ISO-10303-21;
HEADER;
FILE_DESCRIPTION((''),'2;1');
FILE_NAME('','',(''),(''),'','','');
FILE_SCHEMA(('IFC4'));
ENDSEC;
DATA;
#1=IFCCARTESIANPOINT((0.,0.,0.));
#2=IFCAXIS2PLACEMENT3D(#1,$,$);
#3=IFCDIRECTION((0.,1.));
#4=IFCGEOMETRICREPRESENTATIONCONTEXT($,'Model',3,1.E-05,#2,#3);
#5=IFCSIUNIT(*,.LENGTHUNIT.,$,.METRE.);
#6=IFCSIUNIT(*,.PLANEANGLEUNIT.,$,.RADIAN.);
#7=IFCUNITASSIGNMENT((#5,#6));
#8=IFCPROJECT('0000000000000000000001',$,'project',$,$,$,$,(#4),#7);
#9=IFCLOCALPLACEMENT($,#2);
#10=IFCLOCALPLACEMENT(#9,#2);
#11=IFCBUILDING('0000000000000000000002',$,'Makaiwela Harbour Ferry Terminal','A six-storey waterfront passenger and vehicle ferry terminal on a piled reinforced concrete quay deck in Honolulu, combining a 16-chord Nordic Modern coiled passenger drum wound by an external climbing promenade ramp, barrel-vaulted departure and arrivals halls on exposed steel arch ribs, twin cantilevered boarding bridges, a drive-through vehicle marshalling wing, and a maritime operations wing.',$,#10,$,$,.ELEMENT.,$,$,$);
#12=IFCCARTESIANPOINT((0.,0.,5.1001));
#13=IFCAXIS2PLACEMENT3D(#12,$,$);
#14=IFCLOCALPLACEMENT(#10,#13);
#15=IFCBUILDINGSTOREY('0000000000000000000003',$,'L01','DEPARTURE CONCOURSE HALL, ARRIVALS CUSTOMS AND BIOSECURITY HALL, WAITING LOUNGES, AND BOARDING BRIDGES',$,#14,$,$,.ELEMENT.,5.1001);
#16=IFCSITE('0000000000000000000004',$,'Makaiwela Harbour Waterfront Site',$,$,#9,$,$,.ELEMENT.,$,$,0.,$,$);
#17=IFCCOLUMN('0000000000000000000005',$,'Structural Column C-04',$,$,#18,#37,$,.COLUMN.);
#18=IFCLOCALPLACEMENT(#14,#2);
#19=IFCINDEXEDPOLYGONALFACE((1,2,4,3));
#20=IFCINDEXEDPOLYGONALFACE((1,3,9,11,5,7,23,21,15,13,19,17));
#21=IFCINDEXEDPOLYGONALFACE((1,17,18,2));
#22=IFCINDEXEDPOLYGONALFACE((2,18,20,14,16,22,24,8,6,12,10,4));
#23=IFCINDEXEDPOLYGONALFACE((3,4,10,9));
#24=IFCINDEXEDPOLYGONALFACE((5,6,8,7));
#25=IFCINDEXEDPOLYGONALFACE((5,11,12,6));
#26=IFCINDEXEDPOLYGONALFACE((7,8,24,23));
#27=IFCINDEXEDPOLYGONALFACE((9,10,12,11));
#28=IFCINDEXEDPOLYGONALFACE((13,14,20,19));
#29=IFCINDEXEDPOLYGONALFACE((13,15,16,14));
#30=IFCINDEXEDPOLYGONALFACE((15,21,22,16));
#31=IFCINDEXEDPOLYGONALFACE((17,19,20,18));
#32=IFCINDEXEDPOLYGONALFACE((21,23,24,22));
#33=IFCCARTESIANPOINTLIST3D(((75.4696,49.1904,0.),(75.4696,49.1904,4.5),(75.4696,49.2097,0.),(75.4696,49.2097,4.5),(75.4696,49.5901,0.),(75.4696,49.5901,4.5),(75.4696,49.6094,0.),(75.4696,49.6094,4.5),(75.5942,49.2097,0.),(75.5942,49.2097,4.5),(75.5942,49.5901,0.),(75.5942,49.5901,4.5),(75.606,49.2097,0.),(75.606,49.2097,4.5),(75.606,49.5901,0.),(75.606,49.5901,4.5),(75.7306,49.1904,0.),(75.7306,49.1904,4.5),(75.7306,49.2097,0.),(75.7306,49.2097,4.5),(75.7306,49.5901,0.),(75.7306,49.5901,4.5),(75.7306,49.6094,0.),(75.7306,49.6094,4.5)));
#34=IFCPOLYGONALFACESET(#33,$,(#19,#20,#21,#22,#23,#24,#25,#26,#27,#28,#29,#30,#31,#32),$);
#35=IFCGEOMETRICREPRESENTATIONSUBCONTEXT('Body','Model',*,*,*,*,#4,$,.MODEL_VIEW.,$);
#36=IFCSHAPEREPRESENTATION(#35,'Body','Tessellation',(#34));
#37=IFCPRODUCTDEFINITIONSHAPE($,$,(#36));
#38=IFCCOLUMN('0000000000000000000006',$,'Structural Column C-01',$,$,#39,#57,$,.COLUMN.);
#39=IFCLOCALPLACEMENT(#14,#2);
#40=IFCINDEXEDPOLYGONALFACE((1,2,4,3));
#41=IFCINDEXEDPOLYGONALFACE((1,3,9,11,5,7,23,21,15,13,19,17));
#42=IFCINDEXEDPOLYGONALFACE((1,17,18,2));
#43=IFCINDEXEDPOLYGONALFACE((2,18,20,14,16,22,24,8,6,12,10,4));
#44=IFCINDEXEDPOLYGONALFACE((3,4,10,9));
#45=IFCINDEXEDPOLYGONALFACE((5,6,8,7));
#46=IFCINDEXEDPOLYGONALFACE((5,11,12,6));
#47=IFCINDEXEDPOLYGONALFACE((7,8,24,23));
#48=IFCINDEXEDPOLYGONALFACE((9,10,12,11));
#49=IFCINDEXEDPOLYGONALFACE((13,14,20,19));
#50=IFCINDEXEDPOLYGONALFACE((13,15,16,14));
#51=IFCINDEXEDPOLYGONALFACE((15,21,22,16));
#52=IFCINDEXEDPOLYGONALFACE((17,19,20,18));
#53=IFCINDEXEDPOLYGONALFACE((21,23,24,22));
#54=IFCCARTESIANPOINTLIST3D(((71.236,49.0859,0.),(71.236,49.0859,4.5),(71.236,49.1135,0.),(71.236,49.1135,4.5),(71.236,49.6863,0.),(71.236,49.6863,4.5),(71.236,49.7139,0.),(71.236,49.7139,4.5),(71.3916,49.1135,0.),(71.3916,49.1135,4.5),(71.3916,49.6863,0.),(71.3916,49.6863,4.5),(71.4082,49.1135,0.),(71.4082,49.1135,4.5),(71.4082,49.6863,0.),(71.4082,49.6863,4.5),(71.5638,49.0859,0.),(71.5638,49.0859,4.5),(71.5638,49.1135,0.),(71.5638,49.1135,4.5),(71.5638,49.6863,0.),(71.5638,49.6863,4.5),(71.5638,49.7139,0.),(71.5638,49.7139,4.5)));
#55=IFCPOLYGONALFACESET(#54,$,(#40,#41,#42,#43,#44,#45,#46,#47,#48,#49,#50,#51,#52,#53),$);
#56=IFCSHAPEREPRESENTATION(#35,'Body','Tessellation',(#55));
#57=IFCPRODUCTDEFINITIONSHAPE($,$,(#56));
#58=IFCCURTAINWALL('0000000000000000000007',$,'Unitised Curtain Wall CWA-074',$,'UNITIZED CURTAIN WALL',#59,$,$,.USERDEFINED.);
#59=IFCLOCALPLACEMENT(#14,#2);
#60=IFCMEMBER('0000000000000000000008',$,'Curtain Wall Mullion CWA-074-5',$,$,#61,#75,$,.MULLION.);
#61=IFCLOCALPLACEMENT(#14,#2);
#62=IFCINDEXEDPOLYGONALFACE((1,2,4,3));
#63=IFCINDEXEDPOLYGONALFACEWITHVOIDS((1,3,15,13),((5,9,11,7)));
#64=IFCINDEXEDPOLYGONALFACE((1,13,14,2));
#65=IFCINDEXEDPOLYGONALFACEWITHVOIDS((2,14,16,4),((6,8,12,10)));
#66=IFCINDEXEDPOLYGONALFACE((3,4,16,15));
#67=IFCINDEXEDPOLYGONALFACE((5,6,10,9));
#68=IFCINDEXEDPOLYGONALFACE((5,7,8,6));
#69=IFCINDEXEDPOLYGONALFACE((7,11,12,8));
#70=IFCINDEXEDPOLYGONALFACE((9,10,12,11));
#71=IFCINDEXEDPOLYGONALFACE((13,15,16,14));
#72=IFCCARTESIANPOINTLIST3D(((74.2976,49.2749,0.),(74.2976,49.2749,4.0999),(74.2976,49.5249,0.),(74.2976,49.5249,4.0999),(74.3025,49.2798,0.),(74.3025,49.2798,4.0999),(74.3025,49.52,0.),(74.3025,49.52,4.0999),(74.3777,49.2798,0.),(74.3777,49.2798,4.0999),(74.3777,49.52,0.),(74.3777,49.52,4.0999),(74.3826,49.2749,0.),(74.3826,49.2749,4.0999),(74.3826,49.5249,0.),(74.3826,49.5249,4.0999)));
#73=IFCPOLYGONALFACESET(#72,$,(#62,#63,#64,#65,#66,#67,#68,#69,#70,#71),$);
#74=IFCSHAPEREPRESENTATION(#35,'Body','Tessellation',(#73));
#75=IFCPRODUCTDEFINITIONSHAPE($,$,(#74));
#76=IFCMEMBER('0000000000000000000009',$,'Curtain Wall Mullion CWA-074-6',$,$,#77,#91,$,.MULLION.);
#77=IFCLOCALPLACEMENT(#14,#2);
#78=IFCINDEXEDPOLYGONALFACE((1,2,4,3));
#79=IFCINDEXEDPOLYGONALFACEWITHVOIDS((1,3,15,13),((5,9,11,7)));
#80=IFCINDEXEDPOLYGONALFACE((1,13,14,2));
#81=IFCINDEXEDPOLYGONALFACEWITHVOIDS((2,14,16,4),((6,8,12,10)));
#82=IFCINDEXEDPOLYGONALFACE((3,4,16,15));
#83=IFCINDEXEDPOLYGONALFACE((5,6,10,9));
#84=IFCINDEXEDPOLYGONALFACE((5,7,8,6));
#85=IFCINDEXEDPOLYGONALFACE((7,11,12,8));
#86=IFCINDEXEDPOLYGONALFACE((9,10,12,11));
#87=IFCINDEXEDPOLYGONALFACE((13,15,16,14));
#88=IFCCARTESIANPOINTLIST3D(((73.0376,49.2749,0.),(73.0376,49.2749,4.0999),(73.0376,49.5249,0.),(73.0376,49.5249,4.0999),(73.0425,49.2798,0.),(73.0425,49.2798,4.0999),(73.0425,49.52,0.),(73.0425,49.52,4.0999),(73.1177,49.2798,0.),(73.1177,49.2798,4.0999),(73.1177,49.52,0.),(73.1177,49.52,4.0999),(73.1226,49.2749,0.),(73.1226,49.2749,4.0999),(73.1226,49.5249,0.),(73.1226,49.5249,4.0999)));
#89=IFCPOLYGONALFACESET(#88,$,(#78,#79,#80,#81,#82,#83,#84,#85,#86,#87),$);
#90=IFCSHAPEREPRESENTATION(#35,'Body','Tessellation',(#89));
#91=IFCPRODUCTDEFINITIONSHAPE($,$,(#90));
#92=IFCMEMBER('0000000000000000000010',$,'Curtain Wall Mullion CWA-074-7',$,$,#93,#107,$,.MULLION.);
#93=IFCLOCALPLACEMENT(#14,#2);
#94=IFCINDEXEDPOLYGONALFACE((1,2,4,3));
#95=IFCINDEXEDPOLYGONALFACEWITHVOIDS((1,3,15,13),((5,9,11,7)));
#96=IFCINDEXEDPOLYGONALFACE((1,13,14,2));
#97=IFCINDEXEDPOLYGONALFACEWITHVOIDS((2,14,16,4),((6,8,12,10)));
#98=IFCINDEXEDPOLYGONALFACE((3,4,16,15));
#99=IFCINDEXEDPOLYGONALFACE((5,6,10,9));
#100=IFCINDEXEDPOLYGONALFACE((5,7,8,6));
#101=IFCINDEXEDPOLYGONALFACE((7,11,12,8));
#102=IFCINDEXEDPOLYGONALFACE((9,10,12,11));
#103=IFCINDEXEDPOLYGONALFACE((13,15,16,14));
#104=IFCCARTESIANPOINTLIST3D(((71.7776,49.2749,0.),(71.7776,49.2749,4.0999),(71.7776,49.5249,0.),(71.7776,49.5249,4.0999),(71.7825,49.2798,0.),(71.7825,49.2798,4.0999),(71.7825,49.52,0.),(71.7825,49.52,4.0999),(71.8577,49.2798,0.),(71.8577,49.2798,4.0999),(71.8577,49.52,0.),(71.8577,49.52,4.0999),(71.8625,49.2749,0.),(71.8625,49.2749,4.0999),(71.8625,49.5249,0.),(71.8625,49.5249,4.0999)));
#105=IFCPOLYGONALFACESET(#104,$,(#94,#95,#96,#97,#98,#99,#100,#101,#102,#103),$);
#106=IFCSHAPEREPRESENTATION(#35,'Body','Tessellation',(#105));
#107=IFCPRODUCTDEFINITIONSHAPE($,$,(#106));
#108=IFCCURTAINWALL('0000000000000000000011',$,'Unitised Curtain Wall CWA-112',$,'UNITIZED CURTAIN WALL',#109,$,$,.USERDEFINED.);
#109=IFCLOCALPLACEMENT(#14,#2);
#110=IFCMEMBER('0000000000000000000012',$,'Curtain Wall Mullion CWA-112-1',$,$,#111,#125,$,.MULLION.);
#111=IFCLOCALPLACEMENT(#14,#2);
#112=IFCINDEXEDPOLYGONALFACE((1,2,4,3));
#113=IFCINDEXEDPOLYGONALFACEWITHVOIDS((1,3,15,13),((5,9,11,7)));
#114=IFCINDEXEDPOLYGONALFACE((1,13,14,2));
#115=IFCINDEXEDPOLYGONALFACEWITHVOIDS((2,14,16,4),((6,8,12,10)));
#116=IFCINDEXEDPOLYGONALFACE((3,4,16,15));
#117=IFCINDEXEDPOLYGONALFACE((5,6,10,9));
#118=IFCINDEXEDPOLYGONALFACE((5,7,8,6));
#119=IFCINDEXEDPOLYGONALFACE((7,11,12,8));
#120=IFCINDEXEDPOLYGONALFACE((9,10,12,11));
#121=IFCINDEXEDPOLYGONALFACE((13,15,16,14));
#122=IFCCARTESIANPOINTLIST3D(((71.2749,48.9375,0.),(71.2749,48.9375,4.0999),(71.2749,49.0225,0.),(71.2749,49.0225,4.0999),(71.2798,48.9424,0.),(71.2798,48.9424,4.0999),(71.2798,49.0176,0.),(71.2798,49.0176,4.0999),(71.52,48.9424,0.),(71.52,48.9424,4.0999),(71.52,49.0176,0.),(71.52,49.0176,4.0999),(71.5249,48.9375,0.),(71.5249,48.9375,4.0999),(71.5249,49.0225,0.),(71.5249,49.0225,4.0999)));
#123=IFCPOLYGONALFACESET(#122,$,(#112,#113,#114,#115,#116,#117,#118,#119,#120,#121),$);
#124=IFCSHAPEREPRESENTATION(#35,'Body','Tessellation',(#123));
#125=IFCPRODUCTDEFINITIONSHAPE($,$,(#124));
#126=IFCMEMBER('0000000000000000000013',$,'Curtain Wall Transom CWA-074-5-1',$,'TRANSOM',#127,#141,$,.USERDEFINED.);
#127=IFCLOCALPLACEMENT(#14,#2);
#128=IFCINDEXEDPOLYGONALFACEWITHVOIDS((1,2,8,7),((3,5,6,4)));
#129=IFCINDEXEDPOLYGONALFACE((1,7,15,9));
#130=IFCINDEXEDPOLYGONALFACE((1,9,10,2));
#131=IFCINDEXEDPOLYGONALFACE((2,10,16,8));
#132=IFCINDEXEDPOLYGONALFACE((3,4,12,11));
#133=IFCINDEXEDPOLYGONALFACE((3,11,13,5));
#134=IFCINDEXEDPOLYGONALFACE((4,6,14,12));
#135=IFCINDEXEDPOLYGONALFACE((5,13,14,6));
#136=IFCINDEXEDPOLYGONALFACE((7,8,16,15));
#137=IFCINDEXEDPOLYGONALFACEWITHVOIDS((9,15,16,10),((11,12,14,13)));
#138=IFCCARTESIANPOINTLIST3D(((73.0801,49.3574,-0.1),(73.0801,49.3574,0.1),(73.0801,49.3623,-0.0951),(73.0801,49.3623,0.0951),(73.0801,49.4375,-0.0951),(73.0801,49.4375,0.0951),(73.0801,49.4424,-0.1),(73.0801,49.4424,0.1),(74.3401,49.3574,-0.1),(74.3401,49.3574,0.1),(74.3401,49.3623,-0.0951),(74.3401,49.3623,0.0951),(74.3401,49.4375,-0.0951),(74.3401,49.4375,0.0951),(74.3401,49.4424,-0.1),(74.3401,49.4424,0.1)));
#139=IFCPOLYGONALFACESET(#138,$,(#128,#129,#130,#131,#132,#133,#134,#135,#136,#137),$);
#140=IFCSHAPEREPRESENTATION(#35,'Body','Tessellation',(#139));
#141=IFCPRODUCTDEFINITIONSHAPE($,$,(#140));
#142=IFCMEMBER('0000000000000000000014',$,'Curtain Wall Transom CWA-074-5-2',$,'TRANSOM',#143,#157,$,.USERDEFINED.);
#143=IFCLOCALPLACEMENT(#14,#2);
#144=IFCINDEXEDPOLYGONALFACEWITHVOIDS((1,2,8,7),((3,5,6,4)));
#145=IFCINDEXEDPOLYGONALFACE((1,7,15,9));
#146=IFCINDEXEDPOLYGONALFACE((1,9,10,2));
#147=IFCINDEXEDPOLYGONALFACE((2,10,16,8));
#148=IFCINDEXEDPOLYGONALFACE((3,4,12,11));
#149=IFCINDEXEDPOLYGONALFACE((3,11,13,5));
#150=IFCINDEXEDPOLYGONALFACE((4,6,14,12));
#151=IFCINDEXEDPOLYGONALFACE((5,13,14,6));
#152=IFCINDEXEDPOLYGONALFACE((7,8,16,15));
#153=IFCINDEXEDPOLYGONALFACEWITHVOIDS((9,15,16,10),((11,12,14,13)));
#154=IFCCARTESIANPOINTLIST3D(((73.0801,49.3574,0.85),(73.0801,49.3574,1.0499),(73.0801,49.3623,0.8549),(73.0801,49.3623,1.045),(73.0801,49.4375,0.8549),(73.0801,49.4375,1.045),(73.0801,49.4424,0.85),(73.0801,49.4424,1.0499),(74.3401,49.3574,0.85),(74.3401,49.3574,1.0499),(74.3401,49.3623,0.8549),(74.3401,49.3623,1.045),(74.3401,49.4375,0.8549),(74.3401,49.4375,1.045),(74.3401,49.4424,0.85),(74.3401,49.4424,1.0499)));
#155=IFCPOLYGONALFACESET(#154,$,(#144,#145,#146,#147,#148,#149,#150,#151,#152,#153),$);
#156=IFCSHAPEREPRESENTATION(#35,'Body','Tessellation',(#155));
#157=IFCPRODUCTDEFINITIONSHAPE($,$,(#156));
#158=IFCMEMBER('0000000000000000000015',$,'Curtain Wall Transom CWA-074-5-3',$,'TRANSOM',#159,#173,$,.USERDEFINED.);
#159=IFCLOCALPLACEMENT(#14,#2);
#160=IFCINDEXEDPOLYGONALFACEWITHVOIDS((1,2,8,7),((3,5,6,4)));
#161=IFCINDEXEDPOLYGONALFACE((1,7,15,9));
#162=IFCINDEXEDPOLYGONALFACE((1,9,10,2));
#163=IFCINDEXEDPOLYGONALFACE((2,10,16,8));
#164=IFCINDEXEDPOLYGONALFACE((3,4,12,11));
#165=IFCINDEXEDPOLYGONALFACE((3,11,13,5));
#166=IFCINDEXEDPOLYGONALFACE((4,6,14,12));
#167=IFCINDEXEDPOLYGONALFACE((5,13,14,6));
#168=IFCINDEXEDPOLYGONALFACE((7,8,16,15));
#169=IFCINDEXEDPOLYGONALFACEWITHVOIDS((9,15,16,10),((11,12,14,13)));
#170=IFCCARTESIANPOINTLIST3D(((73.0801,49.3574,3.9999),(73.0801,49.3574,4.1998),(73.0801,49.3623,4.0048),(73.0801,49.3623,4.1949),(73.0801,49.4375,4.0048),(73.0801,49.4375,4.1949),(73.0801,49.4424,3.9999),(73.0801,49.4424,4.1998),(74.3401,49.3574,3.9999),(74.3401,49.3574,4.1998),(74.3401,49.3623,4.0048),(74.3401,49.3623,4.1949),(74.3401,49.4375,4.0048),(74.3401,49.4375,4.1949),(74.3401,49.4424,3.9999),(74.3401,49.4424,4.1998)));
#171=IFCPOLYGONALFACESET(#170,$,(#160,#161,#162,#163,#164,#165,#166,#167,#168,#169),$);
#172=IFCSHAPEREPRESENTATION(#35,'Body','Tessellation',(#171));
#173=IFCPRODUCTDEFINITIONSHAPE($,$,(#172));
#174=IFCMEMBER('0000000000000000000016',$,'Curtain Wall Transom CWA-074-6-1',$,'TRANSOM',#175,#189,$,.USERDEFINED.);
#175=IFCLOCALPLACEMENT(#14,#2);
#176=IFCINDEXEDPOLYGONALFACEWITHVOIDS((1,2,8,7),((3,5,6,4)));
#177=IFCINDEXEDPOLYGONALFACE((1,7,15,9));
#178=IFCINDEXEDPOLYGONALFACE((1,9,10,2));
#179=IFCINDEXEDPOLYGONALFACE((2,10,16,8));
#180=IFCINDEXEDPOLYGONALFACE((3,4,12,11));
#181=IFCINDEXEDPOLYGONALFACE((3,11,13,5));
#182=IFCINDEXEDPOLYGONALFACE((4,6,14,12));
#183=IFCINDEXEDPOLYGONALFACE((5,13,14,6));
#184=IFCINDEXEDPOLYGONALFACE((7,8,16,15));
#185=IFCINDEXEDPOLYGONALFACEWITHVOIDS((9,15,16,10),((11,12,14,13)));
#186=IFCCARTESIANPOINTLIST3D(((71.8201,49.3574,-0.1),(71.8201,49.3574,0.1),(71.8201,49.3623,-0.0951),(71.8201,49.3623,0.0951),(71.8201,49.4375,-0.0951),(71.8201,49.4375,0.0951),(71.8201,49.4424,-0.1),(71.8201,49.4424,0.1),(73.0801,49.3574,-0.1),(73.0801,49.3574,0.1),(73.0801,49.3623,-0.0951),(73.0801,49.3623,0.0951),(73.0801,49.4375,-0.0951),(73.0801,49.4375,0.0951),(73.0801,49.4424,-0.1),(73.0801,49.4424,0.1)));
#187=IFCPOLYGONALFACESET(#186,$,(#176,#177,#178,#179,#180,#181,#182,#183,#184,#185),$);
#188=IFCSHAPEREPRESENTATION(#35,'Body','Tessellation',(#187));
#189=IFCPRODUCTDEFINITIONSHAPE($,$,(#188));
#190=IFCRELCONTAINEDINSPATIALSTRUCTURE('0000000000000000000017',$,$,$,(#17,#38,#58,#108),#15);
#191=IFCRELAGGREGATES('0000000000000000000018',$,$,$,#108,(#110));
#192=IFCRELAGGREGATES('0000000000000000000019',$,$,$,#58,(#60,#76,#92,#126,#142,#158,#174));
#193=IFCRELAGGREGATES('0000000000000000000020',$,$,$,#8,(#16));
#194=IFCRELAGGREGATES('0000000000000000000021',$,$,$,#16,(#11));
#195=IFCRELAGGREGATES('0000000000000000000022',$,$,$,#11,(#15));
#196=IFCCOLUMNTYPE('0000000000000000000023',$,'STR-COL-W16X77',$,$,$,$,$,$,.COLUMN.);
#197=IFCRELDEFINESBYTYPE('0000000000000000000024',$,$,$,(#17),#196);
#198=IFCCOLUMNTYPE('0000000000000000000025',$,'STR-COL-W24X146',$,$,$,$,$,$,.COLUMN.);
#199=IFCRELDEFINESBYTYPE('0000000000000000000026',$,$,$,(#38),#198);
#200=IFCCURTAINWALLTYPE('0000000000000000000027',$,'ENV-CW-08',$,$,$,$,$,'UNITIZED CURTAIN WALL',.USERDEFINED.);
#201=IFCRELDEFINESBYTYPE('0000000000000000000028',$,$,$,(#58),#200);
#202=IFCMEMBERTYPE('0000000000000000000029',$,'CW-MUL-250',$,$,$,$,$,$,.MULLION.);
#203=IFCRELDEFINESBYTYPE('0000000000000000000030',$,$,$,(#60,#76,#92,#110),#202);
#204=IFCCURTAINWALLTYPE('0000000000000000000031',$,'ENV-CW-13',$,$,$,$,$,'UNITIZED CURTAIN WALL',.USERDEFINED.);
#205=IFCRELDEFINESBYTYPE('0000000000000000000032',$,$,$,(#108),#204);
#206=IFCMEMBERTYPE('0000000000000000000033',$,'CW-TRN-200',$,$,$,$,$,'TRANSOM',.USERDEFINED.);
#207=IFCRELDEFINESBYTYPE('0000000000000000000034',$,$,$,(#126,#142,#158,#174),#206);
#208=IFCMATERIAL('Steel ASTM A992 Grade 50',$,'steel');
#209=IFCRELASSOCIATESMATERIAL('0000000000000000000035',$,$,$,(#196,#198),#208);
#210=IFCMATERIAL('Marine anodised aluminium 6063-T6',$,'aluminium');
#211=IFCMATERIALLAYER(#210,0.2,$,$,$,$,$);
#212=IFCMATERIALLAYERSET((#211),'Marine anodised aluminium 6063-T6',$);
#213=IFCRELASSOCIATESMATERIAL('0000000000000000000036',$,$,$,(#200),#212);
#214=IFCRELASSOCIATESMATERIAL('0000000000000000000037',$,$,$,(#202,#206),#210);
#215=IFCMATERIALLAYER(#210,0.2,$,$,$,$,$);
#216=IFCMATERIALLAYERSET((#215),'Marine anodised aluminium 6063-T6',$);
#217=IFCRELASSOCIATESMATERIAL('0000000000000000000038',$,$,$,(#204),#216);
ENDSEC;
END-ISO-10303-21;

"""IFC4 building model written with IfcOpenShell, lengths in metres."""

from ifc_helpers import new_model, si_unit, direction, frame, origin, origin_2d, place, context, subcontext, project, spatial, hollow_rectangle, i_section, extrude, material, layer, layer_set, material_profile, profile_set, type_object, element, aggregate, save


model = new_model("IFC4")

# Units and contexts
model_context = context("Model", 3, precision=1e-05, world=origin(), true_north=direction((0.0, 1.0)))
body_context = subcontext(model_context, "Body", "Model", "MODEL_VIEW")
ifc_project = project(units=[si_unit("LENGTHUNIT", "METRE"), si_unit("PLANEANGLEUNIT", "RADIAN")], contexts=[model_context])

# Site, building, storey
site_placement = place(None, origin())
site = spatial("IfcSite", under=ifc_project, at=site_placement, Name="Makaiwela Harbour Waterfront Site", CompositionType="ELEMENT", RefElevation=0.0)
building_placement = place(site_placement, origin())
building = spatial("IfcBuilding", under=site, at=building_placement, Name="Makaiwela Harbour Ferry Terminal", Description="A six-storey waterfront passenger and vehicle ferry terminal on a piled reinforced concrete quay deck in Honolulu, combining a 16-chord Nordic Modern coiled passenger drum wound by an external climbing promenade ramp, barrel-vaulted departure and arrivals halls on exposed steel arch ribs, twin cantilevered boarding bridges, a drive-through vehicle marshalling wing, and a maritime operations wing.", CompositionType="ELEMENT")
storey_placement = place(building_placement, frame((0.0, 0.0, 5.1001)))
storey = spatial("IfcBuildingStorey", under=building, at=storey_placement, Name="L01", Description="DEPARTURE CONCOURSE HALL, ARRIVALS CUSTOMS AND BIOSECURITY HALL, WAITING LOUNGES, AND BOARDING BRIDGES", CompositionType="ELEMENT", Elevation=5.1001)

# Columns
ifc_material_1 = material(Name="Steel ASTM A992 Grade 50", Category="steel")
ifc_material_profile_1 = material_profile(ifc_material_1, i_section(OverallWidth=0.261, OverallDepth=0.4189, WebThickness=0.0117, FlangeThickness=0.0193, at=origin_2d()), Name="W16X77")
ifc_profile_set_1 = profile_set([ifc_material_profile_1], Name="Steel ASTM A992 Grade 50")
column_type_1 = type_object("IfcColumnType", Name="STR-COL-W16X77", PredefinedType="COLUMN", material=ifc_profile_set_1)
column_1_placement = place(storey_placement, frame((75.6001, 49.3999, 0.0), z_axis=(0.0, 0.0, 1.0), x_axis=(1.0, 0.0, 0.0)))
element("IfcColumn", 1, at=column_1_placement, inside=storey, type_object=column_type_1, Name="Structural Column C-04", PredefinedType="COLUMN", context=body_context, shape_type="SweptSolid", body=[
    extrude(i_section(OverallWidth=0.261, OverallDepth=0.4189, WebThickness=0.0117, FlangeThickness=0.0193, at=origin_2d()), origin(), (0.0, 0.0, 1.0), 4.5),
])
ifc_material_profile_2 = material_profile(ifc_material_1, i_section(OverallWidth=0.3279, OverallDepth=0.6279, WebThickness=0.0166, FlangeThickness=0.0276, at=origin_2d()), Name="W24X146")
ifc_profile_set_2 = profile_set([ifc_material_profile_2], Name="Steel ASTM A992 Grade 50")
column_type_2 = type_object("IfcColumnType", Name="STR-COL-W24X146", PredefinedType="COLUMN", material=ifc_profile_set_2)
column_2_placement = place(storey_placement, frame((71.3999, 49.3999, 0.0), z_axis=(0.0, 0.0, 1.0), x_axis=(1.0, 0.0, 0.0)))
element("IfcColumn", 2, at=column_2_placement, inside=storey, type_object=column_type_2, Name="Structural Column C-01", PredefinedType="COLUMN", context=body_context, shape_type="SweptSolid", body=[
    extrude(i_section(OverallWidth=0.3279, OverallDepth=0.6279, WebThickness=0.0166, FlangeThickness=0.0276, at=origin_2d()), origin(), (0.0, 0.0, 1.0), 4.5),
])

# Curtain wall, members
ifc_material_2 = material(Name="Marine anodised aluminium 6063-T6", Category="aluminium")
ifc_layer_1 = layer(ifc_material_2, 0.2)
ifc_layer_set_1 = layer_set([ifc_layer_1], Name="Marine anodised aluminium 6063-T6")
curtain_wall_type_1 = type_object("IfcCurtainWallType", Name="ENV-CW-08", ElementType="UNITIZED CURTAIN WALL", PredefinedType="USERDEFINED", material=ifc_layer_set_1)
curtain_wall_1_placement = place(storey_placement, origin())
curtain_wall_1 = element("IfcCurtainWall", 3, at=curtain_wall_1_placement, inside=storey, type_object=curtain_wall_type_1, Name="Unitised Curtain Wall CWA-074", ObjectType="UNITIZED CURTAIN WALL", PredefinedType="USERDEFINED")
ifc_material_profile_3 = material_profile(ifc_material_2, hollow_rectangle(XDim=0.085, YDim=0.25, WallThickness=0.0049, at=origin_2d()), Name="CWM-250X85")
ifc_profile_set_3 = profile_set([ifc_material_profile_3], Name="Marine anodised aluminium 6063-T6")
member_type_1 = type_object("IfcMemberType", Name="CW-MUL-250", PredefinedType="MULLION", material=ifc_profile_set_3)
member_1_placement = place(storey_placement, frame((74.3401, 49.3999, 0.0), z_axis=(0.0, 0.0, 1.0), x_axis=(1.0, 0.0, 0.0)))
member_1 = element("IfcMember", 4, at=member_1_placement, type_object=member_type_1, Name="Curtain Wall Mullion CWA-074-5", PredefinedType="MULLION", context=body_context, shape_type="SweptSolid", body=[
    extrude(hollow_rectangle(XDim=0.085, YDim=0.25, WallThickness=0.0049, at=origin_2d()), origin(), (0.0, 0.0, 1.0), 4.0999),
])
member_2_placement = place(storey_placement, frame((73.0801, 49.3999, 0.0), z_axis=(0.0, 0.0, 1.0), x_axis=(1.0, 0.0, 0.0)))
member_2 = element("IfcMember", 5, at=member_2_placement, type_object=member_type_1, Name="Curtain Wall Mullion CWA-074-6", PredefinedType="MULLION", context=body_context, shape_type="SweptSolid", body=[
    extrude(hollow_rectangle(XDim=0.085, YDim=0.25, WallThickness=0.0049, at=origin_2d()), origin(), (0.0, 0.0, 1.0), 4.0999),
])
member_3_placement = place(storey_placement, frame((71.8201, 49.3999, 0.0), z_axis=(0.0, 0.0, 1.0), x_axis=(1.0, 0.0, 0.0)))
member_3 = element("IfcMember", 6, at=member_3_placement, type_object=member_type_1, Name="Curtain Wall Mullion CWA-074-7", PredefinedType="MULLION", context=body_context, shape_type="SweptSolid", body=[
    extrude(hollow_rectangle(XDim=0.085, YDim=0.25, WallThickness=0.0049, at=origin_2d()), origin(), (0.0, 0.0, 1.0), 4.0999),
])

# Curtain wall, member
ifc_layer_2 = layer(ifc_material_2, 0.2)
ifc_layer_set_2 = layer_set([ifc_layer_2], Name="Marine anodised aluminium 6063-T6")
curtain_wall_type_2 = type_object("IfcCurtainWallType", Name="ENV-CW-13", ElementType="UNITIZED CURTAIN WALL", PredefinedType="USERDEFINED", material=ifc_layer_set_2)
curtain_wall_2_placement = place(storey_placement, origin())
curtain_wall_2 = element("IfcCurtainWall", 7, at=curtain_wall_2_placement, inside=storey, type_object=curtain_wall_type_2, Name="Unitised Curtain Wall CWA-112", ObjectType="UNITIZED CURTAIN WALL", PredefinedType="USERDEFINED")
member_4_placement = place(storey_placement, frame((71.3999, 48.98, 0.0), z_axis=(0.0, 0.0, 1.0), x_axis=(0.0, 1.0, 0.0)))
member_4 = element("IfcMember", 8, at=member_4_placement, type_object=member_type_1, Name="Curtain Wall Mullion CWA-112-1", PredefinedType="MULLION", context=body_context, shape_type="SweptSolid", body=[
    extrude(hollow_rectangle(XDim=0.085, YDim=0.25, WallThickness=0.0049, at=origin_2d()), origin(), (0.0, 0.0, 1.0), 4.0999),
])

# Members
ifc_material_profile_4 = material_profile(ifc_material_2, hollow_rectangle(XDim=0.085, YDim=0.2, WallThickness=0.0049, at=origin_2d()), Name="CWT-200X85")
ifc_profile_set_4 = profile_set([ifc_material_profile_4], Name="Marine anodised aluminium 6063-T6")
member_type_2 = type_object("IfcMemberType", Name="CW-TRN-200", ElementType="TRANSOM", PredefinedType="USERDEFINED", material=ifc_profile_set_4)
member_5_placement = place(storey_placement, frame((74.3401, 49.3999, 0.0), z_axis=(-1.0, 0.0, 0.0), x_axis=(0.0, -1.0, 0.0)))
member_5 = element("IfcMember", 9, at=member_5_placement, type_object=member_type_2, Name="Curtain Wall Transom CWA-074-5-1", ObjectType="TRANSOM", PredefinedType="USERDEFINED", context=body_context, shape_type="SweptSolid", body=[
    extrude(hollow_rectangle(XDim=0.085, YDim=0.2, WallThickness=0.0049, at=origin_2d()), origin(), (0.0, 0.0, 1.0), 1.26),
])
member_6_placement = place(storey_placement, frame((74.3401, 49.3999, 0.95), z_axis=(-1.0, 0.0, 0.0), x_axis=(0.0, -1.0, 0.0)))
member_6 = element("IfcMember", 10, at=member_6_placement, type_object=member_type_2, Name="Curtain Wall Transom CWA-074-5-2", ObjectType="TRANSOM", PredefinedType="USERDEFINED", context=body_context, shape_type="SweptSolid", body=[
    extrude(hollow_rectangle(XDim=0.085, YDim=0.2, WallThickness=0.0049, at=origin_2d()), origin(), (0.0, 0.0, 1.0), 1.26),
])
member_7_placement = place(storey_placement, frame((74.3401, 49.3999, 4.0999), z_axis=(-1.0, 0.0, 0.0), x_axis=(0.0, -1.0, 0.0)))
member_7 = element("IfcMember", 11, at=member_7_placement, type_object=member_type_2, Name="Curtain Wall Transom CWA-074-5-3", ObjectType="TRANSOM", PredefinedType="USERDEFINED", context=body_context, shape_type="SweptSolid", body=[
    extrude(hollow_rectangle(XDim=0.085, YDim=0.2, WallThickness=0.0049, at=origin_2d()), origin(), (0.0, 0.0, 1.0), 1.26),
])
member_8_placement = place(storey_placement, frame((73.0801, 49.3999, 0.0), z_axis=(-1.0, 0.0, 0.0), x_axis=(0.0, -1.0, 0.0)))
member_8 = element("IfcMember", 12, at=member_8_placement, type_object=member_type_2, Name="Curtain Wall Transom CWA-074-6-1", ObjectType="TRANSOM", PredefinedType="USERDEFINED", context=body_context, shape_type="SweptSolid", body=[
    extrude(hollow_rectangle(XDim=0.085, YDim=0.2, WallThickness=0.0049, at=origin_2d()), origin(), (0.0, 0.0, 1.0), 1.26),
])
aggregate(curtain_wall_2, [member_4])

aggregate(curtain_wall_1, [member_1, member_2, member_3, member_5, member_6, member_7, member_8])

save(model, "model.ifc")
